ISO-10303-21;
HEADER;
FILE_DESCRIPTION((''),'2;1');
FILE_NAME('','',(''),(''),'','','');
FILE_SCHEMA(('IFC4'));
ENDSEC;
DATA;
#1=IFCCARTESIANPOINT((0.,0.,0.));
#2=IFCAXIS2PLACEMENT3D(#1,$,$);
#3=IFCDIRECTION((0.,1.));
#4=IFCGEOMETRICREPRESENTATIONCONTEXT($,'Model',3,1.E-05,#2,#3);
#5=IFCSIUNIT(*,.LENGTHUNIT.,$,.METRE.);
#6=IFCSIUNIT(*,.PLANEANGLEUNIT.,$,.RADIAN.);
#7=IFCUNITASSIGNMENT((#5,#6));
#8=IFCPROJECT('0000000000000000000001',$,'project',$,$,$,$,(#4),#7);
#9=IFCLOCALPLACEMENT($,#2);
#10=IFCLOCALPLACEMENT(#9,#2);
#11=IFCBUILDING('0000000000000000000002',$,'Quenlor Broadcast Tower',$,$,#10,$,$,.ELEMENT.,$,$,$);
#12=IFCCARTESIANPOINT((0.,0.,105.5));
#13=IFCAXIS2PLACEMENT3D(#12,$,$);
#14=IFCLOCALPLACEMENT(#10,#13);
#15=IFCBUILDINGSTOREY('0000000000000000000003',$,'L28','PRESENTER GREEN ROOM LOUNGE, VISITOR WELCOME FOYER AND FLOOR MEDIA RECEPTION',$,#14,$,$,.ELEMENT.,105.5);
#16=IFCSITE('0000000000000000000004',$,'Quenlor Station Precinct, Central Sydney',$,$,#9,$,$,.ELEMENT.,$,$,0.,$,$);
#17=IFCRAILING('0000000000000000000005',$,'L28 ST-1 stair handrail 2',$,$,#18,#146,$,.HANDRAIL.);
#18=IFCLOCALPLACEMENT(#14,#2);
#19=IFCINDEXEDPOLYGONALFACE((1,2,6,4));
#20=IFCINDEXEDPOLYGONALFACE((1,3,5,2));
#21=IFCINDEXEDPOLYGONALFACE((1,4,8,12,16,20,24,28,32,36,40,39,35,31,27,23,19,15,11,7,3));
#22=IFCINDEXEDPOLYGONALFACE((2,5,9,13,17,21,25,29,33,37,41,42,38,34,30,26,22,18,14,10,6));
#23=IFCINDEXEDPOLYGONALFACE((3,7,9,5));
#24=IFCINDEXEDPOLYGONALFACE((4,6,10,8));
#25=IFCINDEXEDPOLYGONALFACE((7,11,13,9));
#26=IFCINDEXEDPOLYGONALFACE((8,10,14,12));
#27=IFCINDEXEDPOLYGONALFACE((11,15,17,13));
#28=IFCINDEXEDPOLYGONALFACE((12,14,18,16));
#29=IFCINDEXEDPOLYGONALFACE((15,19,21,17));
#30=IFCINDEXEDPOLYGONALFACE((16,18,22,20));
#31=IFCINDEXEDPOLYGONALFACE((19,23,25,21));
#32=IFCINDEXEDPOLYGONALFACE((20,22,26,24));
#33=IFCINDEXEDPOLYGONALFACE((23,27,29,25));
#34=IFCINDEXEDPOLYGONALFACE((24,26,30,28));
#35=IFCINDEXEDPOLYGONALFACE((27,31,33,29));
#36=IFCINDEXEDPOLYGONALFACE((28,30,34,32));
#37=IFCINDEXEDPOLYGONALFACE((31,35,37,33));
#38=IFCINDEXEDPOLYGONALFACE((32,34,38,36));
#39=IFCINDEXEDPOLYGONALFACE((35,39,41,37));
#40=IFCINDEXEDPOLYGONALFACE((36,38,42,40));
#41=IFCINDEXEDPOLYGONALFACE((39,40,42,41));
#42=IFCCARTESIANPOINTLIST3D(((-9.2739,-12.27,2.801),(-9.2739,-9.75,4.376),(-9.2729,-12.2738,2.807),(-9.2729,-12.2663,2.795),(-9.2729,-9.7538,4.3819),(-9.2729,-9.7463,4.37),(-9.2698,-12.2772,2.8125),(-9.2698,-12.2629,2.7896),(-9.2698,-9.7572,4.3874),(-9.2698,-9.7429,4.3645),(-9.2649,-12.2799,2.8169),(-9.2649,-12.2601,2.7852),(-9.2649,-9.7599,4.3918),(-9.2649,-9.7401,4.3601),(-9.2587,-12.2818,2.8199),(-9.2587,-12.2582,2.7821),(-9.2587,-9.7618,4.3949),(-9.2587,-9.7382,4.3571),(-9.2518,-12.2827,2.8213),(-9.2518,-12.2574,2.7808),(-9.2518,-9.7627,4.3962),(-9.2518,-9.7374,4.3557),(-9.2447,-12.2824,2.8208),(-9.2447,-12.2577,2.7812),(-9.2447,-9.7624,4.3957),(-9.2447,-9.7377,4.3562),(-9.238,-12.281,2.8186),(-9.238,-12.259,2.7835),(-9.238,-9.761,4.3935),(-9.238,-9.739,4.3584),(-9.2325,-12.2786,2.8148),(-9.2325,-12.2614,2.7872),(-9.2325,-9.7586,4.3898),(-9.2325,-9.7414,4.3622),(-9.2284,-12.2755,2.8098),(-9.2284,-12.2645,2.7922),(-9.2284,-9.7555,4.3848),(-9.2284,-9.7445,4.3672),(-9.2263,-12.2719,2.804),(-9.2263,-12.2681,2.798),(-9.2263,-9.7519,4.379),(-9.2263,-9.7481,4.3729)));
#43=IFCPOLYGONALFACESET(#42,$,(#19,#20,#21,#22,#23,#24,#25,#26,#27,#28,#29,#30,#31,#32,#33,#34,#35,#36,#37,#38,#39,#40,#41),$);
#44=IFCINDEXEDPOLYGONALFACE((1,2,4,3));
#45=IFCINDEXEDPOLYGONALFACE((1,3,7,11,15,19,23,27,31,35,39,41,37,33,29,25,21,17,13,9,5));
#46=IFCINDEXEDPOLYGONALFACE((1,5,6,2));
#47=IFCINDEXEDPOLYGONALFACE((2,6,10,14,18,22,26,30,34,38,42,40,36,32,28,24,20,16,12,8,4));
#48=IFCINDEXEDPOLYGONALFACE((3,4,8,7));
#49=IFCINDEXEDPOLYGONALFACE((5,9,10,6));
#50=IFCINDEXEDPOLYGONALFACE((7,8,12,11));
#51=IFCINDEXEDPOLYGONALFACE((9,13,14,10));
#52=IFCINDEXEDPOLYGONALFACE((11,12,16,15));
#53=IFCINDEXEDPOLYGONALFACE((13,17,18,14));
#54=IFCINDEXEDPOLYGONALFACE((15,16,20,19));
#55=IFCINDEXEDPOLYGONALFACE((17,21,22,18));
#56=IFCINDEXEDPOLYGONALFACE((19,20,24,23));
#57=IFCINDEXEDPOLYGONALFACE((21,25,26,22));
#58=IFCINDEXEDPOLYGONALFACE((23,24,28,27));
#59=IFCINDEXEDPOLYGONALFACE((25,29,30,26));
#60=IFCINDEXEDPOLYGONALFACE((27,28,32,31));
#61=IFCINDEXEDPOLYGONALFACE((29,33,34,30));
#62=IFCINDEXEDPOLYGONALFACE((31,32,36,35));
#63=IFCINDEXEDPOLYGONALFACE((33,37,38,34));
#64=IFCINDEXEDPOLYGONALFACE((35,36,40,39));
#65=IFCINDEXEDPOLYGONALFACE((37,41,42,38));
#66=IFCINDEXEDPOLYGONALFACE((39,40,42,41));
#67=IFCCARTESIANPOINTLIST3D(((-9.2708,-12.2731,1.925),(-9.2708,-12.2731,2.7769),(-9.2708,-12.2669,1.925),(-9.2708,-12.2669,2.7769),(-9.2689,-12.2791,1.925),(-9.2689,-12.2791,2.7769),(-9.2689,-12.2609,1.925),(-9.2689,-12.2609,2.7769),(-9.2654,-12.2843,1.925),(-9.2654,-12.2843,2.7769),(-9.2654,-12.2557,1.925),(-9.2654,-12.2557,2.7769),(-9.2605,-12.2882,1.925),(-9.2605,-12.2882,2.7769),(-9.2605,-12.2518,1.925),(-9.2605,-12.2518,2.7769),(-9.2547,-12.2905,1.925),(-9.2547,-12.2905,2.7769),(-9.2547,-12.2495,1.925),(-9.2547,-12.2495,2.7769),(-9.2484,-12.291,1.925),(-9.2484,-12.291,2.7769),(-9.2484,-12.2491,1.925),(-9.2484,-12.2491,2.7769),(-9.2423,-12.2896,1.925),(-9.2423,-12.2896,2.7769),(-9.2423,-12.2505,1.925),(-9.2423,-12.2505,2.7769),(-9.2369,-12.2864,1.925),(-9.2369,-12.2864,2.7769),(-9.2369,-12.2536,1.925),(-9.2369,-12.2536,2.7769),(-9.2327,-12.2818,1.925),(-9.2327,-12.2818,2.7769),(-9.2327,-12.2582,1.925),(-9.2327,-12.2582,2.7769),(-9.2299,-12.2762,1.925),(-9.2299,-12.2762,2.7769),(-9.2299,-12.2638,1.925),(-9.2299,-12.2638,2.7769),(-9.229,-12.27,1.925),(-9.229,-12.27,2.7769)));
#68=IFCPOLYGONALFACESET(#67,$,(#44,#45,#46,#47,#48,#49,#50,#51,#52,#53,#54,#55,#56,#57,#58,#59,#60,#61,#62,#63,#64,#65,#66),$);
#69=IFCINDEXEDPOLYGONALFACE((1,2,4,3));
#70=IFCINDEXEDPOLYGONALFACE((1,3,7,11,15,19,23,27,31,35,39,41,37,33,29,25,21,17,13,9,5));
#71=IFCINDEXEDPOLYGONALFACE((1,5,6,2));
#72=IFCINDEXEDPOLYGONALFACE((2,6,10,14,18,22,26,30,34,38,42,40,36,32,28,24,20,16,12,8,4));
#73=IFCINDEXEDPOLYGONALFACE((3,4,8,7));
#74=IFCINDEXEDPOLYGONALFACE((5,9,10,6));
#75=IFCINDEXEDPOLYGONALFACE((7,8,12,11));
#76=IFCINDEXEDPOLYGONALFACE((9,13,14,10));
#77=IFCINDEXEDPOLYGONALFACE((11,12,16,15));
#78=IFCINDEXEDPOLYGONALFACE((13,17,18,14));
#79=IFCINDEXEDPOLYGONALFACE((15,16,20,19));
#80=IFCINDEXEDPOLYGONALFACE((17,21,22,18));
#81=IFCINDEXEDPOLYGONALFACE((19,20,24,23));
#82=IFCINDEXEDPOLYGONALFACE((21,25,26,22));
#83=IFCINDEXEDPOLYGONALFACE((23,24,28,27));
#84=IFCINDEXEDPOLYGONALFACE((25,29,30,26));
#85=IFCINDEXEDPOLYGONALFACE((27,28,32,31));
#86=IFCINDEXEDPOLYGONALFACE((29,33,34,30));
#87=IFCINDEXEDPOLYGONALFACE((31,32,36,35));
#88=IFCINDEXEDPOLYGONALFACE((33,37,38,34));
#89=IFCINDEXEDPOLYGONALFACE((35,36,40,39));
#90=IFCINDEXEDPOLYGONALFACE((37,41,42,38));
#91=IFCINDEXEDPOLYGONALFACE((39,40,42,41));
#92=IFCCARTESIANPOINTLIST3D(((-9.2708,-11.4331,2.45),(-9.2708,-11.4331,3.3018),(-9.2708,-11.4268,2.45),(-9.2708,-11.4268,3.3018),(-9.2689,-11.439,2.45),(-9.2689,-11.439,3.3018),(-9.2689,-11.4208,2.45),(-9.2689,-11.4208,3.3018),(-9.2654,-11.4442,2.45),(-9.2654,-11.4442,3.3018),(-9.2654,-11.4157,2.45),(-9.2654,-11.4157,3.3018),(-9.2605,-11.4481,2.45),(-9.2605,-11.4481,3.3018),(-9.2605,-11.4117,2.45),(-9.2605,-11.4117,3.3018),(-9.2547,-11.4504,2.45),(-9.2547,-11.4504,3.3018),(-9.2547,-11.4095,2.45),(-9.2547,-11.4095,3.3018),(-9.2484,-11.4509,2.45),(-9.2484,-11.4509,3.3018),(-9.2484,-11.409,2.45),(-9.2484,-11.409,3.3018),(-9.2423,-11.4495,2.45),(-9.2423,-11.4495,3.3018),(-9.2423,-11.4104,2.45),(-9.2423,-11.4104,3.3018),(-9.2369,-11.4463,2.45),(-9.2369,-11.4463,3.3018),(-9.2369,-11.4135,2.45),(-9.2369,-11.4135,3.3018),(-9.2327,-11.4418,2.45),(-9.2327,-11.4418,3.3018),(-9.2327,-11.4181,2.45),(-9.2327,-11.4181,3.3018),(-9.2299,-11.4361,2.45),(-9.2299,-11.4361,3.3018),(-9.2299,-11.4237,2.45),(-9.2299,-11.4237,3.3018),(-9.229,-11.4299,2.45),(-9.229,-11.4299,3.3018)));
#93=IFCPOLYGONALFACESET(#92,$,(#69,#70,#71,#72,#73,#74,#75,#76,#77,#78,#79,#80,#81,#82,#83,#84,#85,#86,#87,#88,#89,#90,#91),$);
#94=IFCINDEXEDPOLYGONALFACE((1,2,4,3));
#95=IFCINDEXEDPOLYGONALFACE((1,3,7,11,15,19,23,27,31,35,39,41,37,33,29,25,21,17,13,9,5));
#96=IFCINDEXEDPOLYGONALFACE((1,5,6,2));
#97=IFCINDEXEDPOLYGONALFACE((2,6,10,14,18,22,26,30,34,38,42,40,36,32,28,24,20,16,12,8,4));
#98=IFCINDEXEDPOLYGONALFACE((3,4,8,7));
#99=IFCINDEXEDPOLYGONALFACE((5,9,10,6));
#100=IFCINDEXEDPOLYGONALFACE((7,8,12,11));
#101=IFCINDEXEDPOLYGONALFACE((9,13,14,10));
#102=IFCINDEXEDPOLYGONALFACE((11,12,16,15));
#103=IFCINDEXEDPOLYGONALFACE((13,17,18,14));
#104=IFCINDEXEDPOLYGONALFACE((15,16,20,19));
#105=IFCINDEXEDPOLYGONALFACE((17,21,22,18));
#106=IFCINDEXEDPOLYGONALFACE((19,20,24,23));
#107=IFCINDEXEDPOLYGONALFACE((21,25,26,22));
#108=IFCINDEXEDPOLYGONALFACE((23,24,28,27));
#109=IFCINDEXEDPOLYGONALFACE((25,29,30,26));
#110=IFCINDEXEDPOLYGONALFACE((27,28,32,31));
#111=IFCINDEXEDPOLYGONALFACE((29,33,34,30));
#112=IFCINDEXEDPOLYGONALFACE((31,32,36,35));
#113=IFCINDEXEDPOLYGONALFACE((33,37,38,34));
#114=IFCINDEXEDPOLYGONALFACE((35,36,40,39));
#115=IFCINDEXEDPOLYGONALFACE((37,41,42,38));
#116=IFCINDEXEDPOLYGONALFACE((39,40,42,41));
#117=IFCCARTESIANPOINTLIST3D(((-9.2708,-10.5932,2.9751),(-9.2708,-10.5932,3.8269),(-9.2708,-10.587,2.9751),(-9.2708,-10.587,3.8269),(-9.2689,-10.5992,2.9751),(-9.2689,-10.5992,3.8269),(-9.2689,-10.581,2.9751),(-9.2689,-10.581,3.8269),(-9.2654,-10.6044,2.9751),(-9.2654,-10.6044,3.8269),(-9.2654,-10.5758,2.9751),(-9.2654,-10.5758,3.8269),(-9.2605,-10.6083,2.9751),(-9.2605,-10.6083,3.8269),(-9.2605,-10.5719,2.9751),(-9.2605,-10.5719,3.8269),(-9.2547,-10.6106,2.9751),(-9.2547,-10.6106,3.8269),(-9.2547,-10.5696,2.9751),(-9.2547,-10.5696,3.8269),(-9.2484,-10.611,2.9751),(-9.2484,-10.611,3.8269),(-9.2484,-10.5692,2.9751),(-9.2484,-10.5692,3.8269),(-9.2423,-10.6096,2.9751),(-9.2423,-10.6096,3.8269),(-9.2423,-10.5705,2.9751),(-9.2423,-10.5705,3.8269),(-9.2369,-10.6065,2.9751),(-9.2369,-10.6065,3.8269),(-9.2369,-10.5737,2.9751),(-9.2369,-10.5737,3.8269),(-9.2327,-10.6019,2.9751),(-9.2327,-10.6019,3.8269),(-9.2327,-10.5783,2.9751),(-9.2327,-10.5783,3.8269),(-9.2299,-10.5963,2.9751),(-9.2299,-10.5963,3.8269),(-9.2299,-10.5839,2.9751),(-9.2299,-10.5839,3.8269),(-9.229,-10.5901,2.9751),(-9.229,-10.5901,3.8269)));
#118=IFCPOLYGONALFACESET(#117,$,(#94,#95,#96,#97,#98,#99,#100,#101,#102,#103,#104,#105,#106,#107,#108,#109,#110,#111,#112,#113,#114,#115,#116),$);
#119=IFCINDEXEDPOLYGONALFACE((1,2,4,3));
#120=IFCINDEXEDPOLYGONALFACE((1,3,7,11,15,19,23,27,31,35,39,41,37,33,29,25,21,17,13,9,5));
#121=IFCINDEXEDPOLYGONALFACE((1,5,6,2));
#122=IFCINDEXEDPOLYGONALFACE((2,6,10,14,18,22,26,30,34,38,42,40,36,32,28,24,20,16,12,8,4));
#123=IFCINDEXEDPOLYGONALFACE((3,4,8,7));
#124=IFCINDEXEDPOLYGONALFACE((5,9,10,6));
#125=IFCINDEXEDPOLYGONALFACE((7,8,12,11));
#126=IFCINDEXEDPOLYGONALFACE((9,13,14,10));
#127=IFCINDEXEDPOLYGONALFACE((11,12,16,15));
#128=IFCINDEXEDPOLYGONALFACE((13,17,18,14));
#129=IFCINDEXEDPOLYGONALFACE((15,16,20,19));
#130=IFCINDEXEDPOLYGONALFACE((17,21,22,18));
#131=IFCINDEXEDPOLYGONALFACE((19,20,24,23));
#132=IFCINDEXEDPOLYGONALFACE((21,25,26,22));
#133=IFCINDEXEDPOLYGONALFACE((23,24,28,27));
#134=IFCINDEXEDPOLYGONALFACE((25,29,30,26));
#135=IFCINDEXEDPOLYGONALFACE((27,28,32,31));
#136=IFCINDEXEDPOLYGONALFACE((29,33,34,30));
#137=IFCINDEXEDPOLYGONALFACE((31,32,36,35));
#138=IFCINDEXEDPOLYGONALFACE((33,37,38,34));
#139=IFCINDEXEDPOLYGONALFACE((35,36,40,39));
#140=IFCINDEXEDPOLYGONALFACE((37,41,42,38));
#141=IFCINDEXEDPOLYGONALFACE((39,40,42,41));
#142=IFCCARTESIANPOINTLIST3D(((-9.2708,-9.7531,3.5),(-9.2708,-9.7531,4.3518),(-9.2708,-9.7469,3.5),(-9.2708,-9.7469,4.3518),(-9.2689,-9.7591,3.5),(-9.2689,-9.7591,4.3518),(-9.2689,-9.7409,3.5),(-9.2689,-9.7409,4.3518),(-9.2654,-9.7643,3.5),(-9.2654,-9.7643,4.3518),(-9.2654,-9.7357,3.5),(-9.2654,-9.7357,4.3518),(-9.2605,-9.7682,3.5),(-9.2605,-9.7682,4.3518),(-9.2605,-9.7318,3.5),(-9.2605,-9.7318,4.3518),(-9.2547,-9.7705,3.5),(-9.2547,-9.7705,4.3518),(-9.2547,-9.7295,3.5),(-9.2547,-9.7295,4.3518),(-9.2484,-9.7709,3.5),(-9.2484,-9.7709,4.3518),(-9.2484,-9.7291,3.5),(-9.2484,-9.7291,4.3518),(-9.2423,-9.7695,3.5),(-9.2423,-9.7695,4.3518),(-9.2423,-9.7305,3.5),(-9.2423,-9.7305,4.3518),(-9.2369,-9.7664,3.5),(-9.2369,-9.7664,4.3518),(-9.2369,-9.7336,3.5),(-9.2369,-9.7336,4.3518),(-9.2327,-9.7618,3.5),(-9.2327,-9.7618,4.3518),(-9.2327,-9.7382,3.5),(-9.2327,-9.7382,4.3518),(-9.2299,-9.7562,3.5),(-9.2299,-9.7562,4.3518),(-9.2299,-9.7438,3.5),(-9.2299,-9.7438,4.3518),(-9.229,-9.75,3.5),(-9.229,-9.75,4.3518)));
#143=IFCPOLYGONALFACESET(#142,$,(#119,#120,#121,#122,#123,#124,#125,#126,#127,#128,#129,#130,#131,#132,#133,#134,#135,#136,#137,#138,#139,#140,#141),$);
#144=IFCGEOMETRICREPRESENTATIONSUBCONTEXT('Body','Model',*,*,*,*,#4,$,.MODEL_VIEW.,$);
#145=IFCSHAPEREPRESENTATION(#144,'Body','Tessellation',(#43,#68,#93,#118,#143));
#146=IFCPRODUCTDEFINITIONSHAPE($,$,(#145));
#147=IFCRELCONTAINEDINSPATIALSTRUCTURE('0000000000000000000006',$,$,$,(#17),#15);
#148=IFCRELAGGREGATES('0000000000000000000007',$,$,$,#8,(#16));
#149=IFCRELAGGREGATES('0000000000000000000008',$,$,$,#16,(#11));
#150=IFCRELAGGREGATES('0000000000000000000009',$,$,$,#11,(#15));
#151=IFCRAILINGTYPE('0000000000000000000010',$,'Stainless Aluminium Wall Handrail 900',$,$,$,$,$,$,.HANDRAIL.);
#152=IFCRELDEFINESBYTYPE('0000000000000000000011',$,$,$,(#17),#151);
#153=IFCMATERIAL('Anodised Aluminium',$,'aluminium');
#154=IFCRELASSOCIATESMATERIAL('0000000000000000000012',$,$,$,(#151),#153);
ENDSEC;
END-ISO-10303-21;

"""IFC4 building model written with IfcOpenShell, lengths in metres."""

from ifc_helpers import new_model, si_unit, direction, frame, origin, origin_2d, place, context, subcontext, project, spatial, circle, extrude, material, type_object, element, save


model = new_model("IFC4")

# Units and contexts
model_context = context("Model", 3, precision=1e-05, world=origin(), true_north=direction((0.0, 1.0)))
body_context = subcontext(model_context, "Body", "Model", "MODEL_VIEW")
ifc_project = project(units=[si_unit("LENGTHUNIT", "METRE"), si_unit("PLANEANGLEUNIT", "RADIAN")], contexts=[model_context])

# Site, building, storey
site_placement = place(None, origin())
site = spatial("IfcSite", under=ifc_project, at=site_placement, Name="Quenlor Station Precinct, Central Sydney", CompositionType="ELEMENT", RefElevation=0.0)
building_placement = place(site_placement, origin())
building = spatial("IfcBuilding", under=site, at=building_placement, Name="Quenlor Broadcast Tower", CompositionType="ELEMENT")
storey_placement = place(building_placement, frame((0.0, 0.0, 105.5)))
storey = spatial("IfcBuildingStorey", under=building, at=storey_placement, Name="L28", Description="PRESENTER GREEN ROOM LOUNGE, VISITOR WELCOME FOYER AND FLOOR MEDIA RECEPTION", CompositionType="ELEMENT", Elevation=105.5)

# Railing
ifc_material_1 = material(Name="Anodised Aluminium", Category="aluminium")
railing_type_1 = type_object("IfcRailingType", Name="Stainless Aluminium Wall Handrail 900", PredefinedType="HANDRAIL", material=ifc_material_1)
railing_1_placement = place(storey_placement, frame((-9.25, -12.27, 1.925)))
element("IfcRailing", 1, at=railing_1_placement, inside=storey, type_object=railing_type_1, Name="L28 ST-1 stair handrail 2", PredefinedType="HANDRAIL", context=body_context, shape_type="SweptSolid", body=[
    extrude(circle(Radius=0.0239, at=origin_2d()), frame((0.0, 0.0, 0.876), z_axis=(0.0, 0.848008, 0.529984), x_axis=(-1.0, 0.0, 0.0)), (0.0, 0.0, 1.0), 2.9717),
    extrude(circle(Radius=0.021, at=origin_2d()), origin(), (0.0, 0.0, 1.0), 0.8518),
    extrude(circle(Radius=0.021, at=origin_2d()), frame((0.0, 0.8401, 0.5249)), (0.0, 0.0, 1.0), 0.8518),
    extrude(circle(Radius=0.021, at=origin_2d()), frame((0.0, 1.6799, 1.05)), (0.0, 0.0, 1.0), 0.8518),
    extrude(circle(Radius=0.021, at=origin_2d()), frame((0.0, 2.52, 1.575)), (0.0, 0.0, 1.0), 0.8518),
])

save(model, "model.ifc")
